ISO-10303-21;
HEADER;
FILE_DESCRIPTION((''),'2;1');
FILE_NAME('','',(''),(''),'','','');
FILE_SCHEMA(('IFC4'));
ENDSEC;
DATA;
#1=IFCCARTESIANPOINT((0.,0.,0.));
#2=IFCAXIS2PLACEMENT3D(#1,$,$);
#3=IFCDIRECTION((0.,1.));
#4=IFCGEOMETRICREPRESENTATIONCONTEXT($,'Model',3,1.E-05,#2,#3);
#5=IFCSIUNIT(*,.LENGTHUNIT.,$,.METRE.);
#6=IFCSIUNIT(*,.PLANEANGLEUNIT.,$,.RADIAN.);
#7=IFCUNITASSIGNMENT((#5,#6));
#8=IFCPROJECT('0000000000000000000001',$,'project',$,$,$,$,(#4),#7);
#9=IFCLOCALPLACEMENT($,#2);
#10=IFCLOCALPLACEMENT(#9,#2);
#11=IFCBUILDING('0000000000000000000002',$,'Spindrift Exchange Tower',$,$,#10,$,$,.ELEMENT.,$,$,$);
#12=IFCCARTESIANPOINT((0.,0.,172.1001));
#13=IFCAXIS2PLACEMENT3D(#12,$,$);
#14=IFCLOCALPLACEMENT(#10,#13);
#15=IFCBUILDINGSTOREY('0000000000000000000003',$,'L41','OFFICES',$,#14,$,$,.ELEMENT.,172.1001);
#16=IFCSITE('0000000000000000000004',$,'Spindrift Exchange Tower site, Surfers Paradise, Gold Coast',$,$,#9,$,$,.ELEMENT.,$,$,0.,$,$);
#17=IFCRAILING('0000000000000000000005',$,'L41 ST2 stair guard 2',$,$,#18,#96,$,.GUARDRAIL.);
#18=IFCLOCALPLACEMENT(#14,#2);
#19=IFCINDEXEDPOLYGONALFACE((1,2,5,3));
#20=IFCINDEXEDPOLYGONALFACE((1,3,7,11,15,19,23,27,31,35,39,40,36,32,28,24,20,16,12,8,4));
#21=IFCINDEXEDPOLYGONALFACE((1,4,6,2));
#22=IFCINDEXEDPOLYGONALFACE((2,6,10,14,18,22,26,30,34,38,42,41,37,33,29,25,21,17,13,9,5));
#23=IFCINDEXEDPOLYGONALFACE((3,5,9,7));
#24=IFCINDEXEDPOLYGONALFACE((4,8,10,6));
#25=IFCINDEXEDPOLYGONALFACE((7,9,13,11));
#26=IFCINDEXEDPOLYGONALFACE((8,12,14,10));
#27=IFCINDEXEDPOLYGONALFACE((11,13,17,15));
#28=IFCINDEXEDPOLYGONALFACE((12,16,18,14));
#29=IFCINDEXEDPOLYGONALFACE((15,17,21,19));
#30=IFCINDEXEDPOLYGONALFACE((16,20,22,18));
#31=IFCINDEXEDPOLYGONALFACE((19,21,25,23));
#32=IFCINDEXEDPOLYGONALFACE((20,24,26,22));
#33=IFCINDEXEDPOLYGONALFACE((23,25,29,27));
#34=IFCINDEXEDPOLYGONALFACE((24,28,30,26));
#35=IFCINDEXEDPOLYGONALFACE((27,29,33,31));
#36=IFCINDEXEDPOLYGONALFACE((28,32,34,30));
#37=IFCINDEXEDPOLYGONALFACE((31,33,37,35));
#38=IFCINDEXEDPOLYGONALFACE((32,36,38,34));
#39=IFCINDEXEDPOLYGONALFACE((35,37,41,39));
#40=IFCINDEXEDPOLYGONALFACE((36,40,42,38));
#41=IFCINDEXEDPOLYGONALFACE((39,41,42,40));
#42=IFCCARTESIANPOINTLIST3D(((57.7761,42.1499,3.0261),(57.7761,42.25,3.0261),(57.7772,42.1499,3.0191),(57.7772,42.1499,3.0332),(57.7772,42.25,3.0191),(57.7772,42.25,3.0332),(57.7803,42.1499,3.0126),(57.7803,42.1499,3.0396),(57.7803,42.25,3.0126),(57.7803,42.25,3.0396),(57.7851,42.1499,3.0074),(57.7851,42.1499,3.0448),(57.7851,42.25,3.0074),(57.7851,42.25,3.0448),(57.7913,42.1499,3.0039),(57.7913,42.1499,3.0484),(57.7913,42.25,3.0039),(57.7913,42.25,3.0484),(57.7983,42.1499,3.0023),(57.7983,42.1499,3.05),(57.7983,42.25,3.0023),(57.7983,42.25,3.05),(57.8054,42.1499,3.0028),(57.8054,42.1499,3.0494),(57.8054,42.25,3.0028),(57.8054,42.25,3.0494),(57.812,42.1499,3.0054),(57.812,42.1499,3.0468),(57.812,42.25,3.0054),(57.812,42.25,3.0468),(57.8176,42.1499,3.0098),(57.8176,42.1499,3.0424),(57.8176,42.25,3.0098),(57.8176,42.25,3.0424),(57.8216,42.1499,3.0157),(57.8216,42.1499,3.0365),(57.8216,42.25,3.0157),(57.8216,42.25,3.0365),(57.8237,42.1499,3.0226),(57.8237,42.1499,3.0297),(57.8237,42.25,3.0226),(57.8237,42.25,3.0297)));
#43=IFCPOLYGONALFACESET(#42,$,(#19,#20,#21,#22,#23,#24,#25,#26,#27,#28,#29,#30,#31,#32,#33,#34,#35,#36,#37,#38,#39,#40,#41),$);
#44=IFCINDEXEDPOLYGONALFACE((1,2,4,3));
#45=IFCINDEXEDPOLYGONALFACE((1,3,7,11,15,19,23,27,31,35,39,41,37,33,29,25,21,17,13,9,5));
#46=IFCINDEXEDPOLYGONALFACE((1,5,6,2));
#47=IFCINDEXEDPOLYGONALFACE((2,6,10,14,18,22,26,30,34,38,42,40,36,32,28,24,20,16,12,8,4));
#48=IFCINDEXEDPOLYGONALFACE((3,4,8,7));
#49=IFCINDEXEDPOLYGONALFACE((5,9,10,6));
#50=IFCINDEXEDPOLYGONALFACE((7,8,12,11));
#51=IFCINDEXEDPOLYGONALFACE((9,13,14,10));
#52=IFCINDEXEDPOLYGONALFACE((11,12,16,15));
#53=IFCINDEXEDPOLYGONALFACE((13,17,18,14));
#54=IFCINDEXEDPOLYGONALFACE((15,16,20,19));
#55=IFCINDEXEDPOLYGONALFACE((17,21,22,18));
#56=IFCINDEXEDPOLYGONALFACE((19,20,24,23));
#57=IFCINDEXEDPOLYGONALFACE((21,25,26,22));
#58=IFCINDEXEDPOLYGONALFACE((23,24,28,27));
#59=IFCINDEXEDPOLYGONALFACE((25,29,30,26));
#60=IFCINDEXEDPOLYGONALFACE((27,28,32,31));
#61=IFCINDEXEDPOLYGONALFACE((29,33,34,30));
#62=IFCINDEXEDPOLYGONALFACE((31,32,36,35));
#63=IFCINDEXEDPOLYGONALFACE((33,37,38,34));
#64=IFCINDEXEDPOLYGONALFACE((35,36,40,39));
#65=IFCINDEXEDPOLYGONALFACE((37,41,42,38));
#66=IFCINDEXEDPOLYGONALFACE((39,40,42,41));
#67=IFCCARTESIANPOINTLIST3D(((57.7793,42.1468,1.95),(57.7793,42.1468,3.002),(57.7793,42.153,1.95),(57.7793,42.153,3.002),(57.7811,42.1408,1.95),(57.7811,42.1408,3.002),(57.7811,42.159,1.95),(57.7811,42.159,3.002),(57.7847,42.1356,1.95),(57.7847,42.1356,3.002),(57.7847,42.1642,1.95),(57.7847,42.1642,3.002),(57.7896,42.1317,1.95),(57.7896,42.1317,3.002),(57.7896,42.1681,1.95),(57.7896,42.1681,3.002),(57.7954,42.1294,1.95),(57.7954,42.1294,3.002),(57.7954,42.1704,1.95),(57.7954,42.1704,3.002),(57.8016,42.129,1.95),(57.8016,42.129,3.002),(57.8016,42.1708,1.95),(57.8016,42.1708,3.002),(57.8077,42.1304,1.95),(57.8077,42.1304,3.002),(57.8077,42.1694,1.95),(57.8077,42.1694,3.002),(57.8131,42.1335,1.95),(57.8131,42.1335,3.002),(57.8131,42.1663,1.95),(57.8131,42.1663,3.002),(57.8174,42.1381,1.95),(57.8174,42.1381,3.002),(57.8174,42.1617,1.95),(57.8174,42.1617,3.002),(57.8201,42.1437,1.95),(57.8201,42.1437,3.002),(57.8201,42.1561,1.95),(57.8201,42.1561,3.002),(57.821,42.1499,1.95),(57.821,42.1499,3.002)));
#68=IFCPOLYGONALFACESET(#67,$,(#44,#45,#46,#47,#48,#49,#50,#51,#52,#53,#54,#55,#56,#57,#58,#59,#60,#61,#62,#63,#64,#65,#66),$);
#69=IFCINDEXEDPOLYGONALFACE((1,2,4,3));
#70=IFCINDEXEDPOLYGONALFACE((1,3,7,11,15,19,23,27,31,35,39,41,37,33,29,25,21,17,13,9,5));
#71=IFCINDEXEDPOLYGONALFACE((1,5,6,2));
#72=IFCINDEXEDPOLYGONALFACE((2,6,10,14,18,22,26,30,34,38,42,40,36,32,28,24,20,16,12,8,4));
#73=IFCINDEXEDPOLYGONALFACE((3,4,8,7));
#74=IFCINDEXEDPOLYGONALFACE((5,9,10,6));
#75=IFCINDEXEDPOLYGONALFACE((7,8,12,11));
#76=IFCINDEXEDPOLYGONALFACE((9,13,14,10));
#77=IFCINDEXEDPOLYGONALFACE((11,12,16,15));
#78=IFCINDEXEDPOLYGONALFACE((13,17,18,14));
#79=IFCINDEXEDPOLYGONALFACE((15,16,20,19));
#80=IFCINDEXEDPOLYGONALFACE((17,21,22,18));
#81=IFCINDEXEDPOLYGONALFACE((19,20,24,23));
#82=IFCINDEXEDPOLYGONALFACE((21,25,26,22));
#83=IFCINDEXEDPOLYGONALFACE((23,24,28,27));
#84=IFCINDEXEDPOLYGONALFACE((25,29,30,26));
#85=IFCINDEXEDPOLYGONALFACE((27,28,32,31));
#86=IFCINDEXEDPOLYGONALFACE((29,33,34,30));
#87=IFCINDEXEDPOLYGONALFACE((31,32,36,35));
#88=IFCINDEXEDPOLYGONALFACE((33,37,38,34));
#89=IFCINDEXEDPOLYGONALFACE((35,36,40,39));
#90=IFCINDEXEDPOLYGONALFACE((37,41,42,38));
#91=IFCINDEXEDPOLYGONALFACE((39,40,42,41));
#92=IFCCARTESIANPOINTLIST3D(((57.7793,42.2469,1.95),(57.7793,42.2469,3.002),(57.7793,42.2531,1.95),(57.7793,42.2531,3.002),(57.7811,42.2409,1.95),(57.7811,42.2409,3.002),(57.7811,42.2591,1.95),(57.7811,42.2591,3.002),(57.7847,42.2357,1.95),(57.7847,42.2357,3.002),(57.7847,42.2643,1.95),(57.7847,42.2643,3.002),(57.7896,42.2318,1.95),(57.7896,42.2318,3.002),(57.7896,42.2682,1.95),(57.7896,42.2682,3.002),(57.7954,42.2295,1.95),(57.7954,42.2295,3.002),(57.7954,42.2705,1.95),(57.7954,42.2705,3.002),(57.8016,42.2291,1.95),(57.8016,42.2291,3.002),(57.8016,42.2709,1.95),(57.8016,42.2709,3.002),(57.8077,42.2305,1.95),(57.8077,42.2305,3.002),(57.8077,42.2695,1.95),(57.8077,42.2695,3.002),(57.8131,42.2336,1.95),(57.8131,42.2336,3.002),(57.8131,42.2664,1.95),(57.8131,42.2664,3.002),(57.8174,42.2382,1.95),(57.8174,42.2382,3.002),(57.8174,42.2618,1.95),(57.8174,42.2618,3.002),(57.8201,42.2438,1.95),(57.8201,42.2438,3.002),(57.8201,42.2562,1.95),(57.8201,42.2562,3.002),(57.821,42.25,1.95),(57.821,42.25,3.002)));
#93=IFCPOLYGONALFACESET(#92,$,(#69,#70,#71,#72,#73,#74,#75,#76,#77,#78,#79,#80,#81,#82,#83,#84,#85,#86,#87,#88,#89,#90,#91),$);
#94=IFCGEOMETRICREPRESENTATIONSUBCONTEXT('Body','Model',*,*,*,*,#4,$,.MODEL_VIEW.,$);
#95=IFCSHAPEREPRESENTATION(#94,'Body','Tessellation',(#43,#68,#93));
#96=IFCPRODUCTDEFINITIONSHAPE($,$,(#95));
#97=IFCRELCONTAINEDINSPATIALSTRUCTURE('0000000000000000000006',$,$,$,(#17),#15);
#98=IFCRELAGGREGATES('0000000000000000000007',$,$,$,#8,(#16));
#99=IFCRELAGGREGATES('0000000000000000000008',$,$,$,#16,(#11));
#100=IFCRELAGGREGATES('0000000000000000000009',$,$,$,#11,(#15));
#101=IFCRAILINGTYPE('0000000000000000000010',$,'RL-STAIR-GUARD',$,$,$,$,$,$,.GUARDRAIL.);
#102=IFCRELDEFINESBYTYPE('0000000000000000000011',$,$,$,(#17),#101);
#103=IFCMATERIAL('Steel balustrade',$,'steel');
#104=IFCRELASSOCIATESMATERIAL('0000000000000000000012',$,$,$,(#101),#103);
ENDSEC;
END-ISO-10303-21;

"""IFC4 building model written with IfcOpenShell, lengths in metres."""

from ifc_helpers import new_model, si_unit, direction, frame, origin, origin_2d, place, context, subcontext, project, spatial, circle, extrude, material, type_object, element, save


model = new_model("IFC4")

# Units and contexts
model_context = context("Model", 3, precision=1e-05, world=origin(), true_north=direction((0.0, 1.0)))
body_context = subcontext(model_context, "Body", "Model", "MODEL_VIEW")
ifc_project = project(units=[si_unit("LENGTHUNIT", "METRE"), si_unit("PLANEANGLEUNIT", "RADIAN")], contexts=[model_context])

# Site, building, storey
site_placement = place(None, origin())
site = spatial("IfcSite", under=ifc_project, at=site_placement, Name="Spindrift Exchange Tower site, Surfers Paradise, Gold Coast", CompositionType="ELEMENT", RefElevation=0.0)
building_placement = place(site_placement, origin())
building = spatial("IfcBuilding", under=site, at=building_placement, Name="Spindrift Exchange Tower", CompositionType="ELEMENT")
storey_placement = place(building_placement, frame((0.0, 0.0, 172.1001)))
storey = spatial("IfcBuildingStorey", under=building, at=storey_placement, Name="L41", Description="OFFICES", CompositionType="ELEMENT", Elevation=172.1001)

# Railing
ifc_material_1 = material(Name="Steel balustrade", Category="steel")
railing_type_1 = type_object("IfcRailingType", Name="RL-STAIR-GUARD", PredefinedType="GUARDRAIL", material=ifc_material_1)
railing_1_placement = place(storey_placement, frame((57.8, 42.1499, 1.95)))
element("IfcRailing", 1, at=railing_1_placement, inside=storey, type_object=railing_type_1, Name="L41 ST2 stair guard 2", PredefinedType="GUARDRAIL", context=body_context, shape_type="SweptSolid", body=[
    extrude(circle(Radius=0.0239, at=origin_2d()), frame((0.0, 0.0, 1.0762), z_axis=(0.0, 1.0, 0.0), x_axis=(-1.0, 0.0, 0.0)), (0.0, 0.0, 1.0), 0.1001),
    extrude(circle(Radius=0.021, at=origin_2d()), origin(), (0.0, 0.0, 1.0), 1.052),
    extrude(circle(Radius=0.021, at=origin_2d()), frame((0.0, 0.1001, 0.0)), (0.0, 0.0, 1.0), 1.052),
])

save(model, "model.ifc")
